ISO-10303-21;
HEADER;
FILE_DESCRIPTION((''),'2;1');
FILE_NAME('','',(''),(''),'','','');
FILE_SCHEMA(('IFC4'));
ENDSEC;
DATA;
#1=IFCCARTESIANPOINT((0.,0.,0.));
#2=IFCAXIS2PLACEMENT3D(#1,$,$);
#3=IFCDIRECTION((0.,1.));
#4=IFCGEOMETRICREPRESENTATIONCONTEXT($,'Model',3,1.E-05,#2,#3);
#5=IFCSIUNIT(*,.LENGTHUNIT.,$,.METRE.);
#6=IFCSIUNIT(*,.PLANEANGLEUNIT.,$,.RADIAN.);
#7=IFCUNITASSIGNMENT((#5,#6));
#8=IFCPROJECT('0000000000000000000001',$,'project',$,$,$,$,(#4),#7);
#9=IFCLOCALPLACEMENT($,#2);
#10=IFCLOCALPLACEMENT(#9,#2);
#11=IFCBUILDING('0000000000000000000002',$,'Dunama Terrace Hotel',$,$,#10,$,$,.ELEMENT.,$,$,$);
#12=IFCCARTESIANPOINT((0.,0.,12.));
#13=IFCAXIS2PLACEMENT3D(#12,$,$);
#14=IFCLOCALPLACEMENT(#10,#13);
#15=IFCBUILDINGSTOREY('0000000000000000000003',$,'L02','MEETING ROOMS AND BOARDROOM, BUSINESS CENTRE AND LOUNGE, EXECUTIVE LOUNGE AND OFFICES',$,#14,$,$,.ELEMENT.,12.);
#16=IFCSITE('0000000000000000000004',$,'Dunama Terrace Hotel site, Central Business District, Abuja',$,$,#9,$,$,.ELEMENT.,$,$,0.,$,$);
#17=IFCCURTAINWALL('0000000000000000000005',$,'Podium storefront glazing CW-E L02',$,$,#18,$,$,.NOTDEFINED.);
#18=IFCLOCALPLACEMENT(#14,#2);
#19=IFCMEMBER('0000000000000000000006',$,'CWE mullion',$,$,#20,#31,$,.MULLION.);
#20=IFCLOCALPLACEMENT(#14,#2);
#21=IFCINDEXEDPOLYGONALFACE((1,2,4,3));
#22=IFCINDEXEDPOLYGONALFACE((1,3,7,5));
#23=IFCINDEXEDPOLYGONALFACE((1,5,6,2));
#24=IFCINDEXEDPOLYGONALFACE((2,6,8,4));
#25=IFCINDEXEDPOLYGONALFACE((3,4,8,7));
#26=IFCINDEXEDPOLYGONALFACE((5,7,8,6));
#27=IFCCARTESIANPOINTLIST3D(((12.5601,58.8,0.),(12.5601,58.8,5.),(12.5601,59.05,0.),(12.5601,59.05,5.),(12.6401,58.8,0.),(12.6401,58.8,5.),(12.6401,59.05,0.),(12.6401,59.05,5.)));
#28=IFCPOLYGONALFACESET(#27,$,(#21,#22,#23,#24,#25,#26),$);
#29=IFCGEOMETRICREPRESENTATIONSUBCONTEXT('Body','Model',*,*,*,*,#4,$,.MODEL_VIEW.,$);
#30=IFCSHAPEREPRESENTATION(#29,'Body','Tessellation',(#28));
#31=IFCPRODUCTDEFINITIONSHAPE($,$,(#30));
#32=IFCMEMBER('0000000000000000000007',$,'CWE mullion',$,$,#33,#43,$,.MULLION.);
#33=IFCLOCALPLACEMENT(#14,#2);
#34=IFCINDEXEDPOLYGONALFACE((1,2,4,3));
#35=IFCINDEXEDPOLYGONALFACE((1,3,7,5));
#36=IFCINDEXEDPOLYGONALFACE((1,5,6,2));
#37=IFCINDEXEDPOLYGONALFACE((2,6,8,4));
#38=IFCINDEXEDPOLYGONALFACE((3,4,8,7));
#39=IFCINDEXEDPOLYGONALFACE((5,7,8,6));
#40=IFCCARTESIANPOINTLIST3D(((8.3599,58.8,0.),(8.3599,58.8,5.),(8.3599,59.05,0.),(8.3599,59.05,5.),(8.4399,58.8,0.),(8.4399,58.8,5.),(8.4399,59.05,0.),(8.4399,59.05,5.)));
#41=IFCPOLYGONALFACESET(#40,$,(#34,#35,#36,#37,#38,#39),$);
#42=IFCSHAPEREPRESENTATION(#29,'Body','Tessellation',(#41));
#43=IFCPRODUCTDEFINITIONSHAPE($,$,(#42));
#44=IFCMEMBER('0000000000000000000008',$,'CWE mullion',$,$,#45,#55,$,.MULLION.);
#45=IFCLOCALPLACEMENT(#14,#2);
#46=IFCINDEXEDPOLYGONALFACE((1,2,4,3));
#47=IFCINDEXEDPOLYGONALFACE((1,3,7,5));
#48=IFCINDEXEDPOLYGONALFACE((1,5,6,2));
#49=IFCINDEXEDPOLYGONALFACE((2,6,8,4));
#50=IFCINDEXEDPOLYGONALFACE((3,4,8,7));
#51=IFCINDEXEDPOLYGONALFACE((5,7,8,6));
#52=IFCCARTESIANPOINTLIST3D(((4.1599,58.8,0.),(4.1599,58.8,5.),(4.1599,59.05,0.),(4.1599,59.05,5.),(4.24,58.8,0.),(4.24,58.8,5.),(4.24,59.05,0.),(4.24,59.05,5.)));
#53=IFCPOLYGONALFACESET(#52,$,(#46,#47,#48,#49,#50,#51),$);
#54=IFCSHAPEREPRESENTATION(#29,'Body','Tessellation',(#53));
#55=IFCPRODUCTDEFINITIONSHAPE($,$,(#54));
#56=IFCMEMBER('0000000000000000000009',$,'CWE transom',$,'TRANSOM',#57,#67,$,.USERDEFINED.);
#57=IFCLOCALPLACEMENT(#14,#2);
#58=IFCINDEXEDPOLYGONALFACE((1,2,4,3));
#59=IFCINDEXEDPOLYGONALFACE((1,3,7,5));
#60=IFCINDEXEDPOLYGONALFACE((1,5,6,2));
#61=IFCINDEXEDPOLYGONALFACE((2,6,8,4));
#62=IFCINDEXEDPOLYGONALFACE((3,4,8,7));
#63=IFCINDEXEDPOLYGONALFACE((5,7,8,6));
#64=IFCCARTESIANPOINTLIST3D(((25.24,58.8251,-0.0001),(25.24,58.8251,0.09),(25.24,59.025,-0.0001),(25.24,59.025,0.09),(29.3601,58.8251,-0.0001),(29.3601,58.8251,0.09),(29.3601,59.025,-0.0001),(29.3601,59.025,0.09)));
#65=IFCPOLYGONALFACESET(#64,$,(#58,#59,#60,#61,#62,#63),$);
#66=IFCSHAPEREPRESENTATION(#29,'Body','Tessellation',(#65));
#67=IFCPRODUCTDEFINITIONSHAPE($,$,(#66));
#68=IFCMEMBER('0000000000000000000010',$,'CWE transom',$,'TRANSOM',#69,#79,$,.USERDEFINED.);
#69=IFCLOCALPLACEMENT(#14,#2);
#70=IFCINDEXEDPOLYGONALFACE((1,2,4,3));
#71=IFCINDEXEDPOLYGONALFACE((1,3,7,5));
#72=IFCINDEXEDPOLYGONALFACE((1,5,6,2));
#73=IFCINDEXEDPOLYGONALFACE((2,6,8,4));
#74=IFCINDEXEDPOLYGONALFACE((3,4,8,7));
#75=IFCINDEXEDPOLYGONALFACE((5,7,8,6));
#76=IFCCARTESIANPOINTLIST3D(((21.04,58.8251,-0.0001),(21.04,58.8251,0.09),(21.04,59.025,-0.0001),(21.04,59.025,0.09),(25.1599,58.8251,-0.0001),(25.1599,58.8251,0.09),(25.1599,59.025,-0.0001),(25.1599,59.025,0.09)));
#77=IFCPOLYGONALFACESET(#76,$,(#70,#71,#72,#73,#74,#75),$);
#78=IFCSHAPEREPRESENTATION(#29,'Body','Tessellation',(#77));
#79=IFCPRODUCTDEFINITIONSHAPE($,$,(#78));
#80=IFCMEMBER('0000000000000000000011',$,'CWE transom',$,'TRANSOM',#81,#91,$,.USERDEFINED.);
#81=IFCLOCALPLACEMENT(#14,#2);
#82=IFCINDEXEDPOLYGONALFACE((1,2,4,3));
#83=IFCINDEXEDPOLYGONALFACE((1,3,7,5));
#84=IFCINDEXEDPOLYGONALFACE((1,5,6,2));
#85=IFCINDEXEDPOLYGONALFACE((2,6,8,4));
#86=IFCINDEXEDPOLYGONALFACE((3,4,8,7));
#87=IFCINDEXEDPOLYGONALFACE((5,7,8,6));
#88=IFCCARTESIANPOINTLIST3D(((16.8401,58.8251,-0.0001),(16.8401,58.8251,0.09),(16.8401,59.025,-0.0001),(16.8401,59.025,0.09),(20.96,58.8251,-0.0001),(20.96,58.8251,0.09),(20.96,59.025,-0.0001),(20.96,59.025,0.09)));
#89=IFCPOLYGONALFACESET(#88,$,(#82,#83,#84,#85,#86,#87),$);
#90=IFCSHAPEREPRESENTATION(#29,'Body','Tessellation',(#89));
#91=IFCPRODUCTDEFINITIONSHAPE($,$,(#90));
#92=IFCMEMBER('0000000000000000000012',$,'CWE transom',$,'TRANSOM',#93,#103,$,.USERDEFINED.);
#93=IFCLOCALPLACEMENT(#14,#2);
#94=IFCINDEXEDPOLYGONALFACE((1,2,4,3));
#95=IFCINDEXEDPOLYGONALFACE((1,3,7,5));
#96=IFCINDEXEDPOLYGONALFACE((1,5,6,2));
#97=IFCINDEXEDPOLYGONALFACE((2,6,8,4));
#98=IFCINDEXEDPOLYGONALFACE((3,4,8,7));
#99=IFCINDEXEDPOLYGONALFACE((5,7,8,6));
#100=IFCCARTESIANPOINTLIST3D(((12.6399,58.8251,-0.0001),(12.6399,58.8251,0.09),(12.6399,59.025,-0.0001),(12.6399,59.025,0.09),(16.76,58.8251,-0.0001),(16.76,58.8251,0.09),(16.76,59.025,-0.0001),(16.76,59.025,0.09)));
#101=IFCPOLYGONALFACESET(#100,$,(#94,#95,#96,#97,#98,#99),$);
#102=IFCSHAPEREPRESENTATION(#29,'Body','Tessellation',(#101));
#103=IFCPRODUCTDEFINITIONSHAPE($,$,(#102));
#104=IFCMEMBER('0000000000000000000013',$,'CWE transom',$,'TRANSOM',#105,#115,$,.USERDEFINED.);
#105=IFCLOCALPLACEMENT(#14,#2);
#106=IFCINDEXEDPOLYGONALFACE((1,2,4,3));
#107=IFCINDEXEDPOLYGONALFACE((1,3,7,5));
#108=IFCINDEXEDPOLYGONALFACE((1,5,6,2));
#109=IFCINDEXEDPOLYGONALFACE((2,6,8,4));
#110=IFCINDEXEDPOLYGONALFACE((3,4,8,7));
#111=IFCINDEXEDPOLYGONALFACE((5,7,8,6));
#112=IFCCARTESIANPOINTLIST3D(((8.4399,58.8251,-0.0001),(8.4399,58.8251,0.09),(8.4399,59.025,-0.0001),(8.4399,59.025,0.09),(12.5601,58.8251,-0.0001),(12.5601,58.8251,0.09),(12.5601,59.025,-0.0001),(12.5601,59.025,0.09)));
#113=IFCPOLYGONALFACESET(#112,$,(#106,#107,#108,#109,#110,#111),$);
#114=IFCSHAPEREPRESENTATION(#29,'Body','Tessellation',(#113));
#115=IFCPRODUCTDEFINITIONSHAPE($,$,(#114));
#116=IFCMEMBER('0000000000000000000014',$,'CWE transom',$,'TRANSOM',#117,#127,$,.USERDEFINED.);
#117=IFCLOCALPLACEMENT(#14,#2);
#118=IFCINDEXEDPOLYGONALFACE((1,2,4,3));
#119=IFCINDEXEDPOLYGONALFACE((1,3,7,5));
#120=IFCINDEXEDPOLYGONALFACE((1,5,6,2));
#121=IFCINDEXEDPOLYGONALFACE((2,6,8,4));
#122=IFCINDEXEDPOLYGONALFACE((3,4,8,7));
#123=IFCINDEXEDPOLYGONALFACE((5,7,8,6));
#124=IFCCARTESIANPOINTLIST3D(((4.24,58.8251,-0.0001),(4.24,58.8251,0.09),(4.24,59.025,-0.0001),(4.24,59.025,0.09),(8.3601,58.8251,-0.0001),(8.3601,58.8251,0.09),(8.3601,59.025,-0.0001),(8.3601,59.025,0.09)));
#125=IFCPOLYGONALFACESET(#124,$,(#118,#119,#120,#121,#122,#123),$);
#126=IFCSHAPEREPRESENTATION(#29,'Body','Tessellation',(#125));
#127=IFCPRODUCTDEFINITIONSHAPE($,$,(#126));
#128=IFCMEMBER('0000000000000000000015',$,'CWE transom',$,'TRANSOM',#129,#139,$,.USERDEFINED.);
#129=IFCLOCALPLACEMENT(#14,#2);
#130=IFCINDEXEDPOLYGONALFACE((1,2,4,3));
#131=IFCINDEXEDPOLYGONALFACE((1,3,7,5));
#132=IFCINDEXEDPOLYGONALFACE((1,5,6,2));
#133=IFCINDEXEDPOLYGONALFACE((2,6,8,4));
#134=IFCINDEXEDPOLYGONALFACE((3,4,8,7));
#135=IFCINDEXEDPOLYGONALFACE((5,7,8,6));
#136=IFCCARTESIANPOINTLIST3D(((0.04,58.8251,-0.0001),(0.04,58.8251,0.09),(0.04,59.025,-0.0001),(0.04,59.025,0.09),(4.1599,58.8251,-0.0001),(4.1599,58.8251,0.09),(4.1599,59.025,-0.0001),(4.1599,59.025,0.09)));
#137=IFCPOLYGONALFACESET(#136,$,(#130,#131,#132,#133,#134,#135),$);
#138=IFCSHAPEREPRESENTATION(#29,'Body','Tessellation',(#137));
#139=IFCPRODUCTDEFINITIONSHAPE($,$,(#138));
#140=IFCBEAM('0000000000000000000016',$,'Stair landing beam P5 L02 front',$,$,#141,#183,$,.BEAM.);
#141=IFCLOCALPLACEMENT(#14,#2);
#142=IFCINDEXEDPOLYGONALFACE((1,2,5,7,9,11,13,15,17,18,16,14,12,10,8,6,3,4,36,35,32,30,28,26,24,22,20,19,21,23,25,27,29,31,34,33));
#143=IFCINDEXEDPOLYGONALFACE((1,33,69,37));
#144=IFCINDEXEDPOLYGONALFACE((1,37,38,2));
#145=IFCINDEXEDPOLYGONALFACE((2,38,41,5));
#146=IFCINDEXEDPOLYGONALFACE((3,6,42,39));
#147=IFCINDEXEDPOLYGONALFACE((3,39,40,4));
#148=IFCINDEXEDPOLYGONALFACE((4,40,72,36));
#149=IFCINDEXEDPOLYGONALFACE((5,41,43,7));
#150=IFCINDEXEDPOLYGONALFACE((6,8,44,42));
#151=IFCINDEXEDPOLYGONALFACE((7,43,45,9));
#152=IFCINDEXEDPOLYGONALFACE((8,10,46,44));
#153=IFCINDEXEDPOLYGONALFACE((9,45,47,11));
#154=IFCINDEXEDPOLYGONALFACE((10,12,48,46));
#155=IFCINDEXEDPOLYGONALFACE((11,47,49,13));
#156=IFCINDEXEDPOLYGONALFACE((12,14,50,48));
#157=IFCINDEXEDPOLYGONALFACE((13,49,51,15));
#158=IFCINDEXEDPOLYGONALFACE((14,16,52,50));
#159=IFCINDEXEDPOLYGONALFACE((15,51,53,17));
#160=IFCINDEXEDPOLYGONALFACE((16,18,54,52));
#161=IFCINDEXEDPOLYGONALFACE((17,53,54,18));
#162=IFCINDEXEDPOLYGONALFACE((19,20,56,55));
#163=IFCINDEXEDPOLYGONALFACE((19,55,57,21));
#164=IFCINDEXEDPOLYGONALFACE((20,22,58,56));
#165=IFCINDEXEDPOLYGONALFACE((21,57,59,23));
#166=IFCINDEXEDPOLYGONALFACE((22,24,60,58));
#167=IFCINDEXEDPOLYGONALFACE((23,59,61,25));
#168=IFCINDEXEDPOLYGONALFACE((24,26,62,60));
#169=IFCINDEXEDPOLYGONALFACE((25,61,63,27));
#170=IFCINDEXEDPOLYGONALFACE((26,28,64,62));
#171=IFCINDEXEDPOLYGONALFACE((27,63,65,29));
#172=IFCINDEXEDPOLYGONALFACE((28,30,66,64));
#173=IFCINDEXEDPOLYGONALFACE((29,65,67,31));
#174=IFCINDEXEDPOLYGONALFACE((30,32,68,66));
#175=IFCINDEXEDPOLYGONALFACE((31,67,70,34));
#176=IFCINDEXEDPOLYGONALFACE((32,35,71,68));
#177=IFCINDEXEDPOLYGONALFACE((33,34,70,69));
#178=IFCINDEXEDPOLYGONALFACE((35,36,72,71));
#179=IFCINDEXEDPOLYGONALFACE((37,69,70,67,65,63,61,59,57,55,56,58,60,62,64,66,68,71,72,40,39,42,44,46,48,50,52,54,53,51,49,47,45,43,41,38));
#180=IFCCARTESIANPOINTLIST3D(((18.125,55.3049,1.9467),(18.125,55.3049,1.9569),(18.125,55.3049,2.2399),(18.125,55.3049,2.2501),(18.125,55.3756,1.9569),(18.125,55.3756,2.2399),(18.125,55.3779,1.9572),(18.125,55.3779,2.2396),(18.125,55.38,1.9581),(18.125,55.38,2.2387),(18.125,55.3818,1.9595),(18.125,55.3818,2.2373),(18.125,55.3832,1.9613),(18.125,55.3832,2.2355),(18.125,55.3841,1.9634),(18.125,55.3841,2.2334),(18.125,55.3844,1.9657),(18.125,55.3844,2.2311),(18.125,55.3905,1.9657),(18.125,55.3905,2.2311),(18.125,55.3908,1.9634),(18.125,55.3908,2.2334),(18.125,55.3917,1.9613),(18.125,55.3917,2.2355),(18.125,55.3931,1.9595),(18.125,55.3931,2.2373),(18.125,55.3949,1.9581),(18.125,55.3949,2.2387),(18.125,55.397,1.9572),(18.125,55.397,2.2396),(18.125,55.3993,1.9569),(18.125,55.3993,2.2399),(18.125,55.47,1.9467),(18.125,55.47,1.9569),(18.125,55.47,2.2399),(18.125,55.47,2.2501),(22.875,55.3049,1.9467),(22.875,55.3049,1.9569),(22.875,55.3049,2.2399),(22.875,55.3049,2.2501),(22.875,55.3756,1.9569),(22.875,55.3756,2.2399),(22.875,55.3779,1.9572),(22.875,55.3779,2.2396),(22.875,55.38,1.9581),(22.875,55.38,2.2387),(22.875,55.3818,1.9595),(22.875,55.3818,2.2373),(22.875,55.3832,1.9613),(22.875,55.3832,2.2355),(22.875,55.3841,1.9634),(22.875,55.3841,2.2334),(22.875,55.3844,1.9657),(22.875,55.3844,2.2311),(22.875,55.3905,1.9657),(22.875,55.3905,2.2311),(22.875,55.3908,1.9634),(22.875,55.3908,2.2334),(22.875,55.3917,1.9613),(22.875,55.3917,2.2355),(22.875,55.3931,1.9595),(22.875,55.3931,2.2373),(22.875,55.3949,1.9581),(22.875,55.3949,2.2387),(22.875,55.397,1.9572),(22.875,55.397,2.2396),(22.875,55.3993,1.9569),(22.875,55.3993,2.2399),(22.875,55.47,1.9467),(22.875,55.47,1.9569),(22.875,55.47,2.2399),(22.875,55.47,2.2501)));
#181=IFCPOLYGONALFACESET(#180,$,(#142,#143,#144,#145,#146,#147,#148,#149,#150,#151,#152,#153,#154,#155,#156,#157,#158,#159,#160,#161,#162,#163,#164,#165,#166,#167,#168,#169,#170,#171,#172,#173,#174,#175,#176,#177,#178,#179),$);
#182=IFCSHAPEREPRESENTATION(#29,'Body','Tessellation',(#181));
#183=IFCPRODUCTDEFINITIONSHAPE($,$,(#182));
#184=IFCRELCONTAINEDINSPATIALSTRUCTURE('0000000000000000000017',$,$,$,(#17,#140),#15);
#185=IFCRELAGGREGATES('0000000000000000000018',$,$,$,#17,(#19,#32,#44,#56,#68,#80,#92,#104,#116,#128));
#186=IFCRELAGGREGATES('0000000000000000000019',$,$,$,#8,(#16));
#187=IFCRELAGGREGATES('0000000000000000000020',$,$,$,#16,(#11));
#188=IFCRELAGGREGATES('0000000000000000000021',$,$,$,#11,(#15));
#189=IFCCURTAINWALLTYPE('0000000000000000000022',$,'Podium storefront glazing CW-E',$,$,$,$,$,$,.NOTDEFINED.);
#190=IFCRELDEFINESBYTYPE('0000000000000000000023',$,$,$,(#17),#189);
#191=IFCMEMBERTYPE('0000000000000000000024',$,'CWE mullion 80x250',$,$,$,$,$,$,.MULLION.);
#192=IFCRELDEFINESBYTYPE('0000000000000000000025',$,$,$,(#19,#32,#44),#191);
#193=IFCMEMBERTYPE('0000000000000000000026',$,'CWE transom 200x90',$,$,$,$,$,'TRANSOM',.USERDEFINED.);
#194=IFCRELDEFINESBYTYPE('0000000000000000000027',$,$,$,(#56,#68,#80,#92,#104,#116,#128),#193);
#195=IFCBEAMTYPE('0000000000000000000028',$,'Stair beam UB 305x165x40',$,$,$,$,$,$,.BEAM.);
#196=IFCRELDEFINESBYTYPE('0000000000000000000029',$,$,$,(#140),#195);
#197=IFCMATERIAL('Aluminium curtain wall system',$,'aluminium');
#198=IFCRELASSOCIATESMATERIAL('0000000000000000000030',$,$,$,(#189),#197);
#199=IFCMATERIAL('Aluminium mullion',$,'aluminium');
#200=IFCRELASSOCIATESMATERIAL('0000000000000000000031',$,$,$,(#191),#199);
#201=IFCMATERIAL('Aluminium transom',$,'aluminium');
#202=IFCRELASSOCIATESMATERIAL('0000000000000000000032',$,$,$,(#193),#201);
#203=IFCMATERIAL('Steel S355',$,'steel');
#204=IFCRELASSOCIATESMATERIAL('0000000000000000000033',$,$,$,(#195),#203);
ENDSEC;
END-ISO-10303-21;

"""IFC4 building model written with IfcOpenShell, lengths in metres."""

from ifc_helpers import new_model, si_unit, direction, frame, origin, origin_2d, place, context, subcontext, project, spatial, rectangle, i_section, extrude, material, material_profile, profile_set, type_object, element, aggregate, save


model = new_model("IFC4")

# Units and contexts
model_context = context("Model", 3, precision=1e-05, world=origin(), true_north=direction((0.0, 1.0)))
body_context = subcontext(model_context, "Body", "Model", "MODEL_VIEW")
ifc_project = project(units=[si_unit("LENGTHUNIT", "METRE"), si_unit("PLANEANGLEUNIT", "RADIAN")], contexts=[model_context])

# Site, building, storey
site_placement = place(None, origin())
site = spatial("IfcSite", under=ifc_project, at=site_placement, Name="Dunama Terrace Hotel site, Central Business District, Abuja", CompositionType="ELEMENT", RefElevation=0.0)
building_placement = place(site_placement, origin())
building = spatial("IfcBuilding", under=site, at=building_placement, Name="Dunama Terrace Hotel", CompositionType="ELEMENT")
storey_placement = place(building_placement, frame((0.0, 0.0, 12.0)))
storey = spatial("IfcBuildingStorey", under=building, at=storey_placement, Name="L02", Description="MEETING ROOMS AND BOARDROOM, BUSINESS CENTRE AND LOUNGE, EXECUTIVE LOUNGE AND OFFICES", CompositionType="ELEMENT", Elevation=12.0)

# Curtain wall, members
ifc_material_1 = material(Name="Aluminium curtain wall system", Category="aluminium")
curtain_wall_type = type_object("IfcCurtainWallType", Name="Podium storefront glazing CW-E", PredefinedType="NOTDEFINED", material=ifc_material_1)
curtain_wall_placement = place(storey_placement, origin())
curtain_wall = element("IfcCurtainWall", 1, at=curtain_wall_placement, inside=storey, type_object=curtain_wall_type, Name="Podium storefront glazing CW-E L02", PredefinedType="NOTDEFINED")
ifc_material_2 = material(Name="Aluminium mullion", Category="aluminium")
ifc_material_profile_1 = material_profile(ifc_material_2, rectangle(XDim=0.0801, YDim=0.25, at=origin_2d()), Name="CWE MULLION 80X250")
ifc_profile_set_1 = profile_set([ifc_material_profile_1], Name="Aluminium mullion")
member_type_1 = type_object("IfcMemberType", Name="CWE mullion 80x250", PredefinedType="MULLION", material=ifc_profile_set_1)
member_1_placement = place(storey_placement, frame((12.6001, 58.925, 0.0), z_axis=(0.0, 0.0, 1.0), x_axis=(-1.0, 0.0, 0.0)))
member_1 = element("IfcMember", 2, at=member_1_placement, type_object=member_type_1, Name="CWE mullion", PredefinedType="MULLION", context=body_context, shape_type="SweptSolid", body=[
    extrude(rectangle(XDim=0.0801, YDim=0.25, at=origin_2d()), origin(), (0.0, 0.0, 1.0), 5.0),
])
member_2_placement = place(storey_placement, frame((8.3999, 58.925, 0.0), z_axis=(0.0, 0.0, 1.0), x_axis=(-1.0, 0.0, 0.0)))
member_2 = element("IfcMember", 3, at=member_2_placement, type_object=member_type_1, Name="CWE mullion", PredefinedType="MULLION", context=body_context, shape_type="SweptSolid", body=[
    extrude(rectangle(XDim=0.0801, YDim=0.25, at=origin_2d()), origin(), (0.0, 0.0, 1.0), 5.0),
])
member_3_placement = place(storey_placement, frame((4.2, 58.925, 0.0), z_axis=(0.0, 0.0, 1.0), x_axis=(-1.0, 0.0, 0.0)))
member_3 = element("IfcMember", 4, at=member_3_placement, type_object=member_type_1, Name="CWE mullion", PredefinedType="MULLION", context=body_context, shape_type="SweptSolid", body=[
    extrude(rectangle(XDim=0.0801, YDim=0.25, at=origin_2d()), origin(), (0.0, 0.0, 1.0), 5.0),
])
ifc_material_3 = material(Name="Aluminium transom", Category="aluminium")
ifc_material_profile_2 = material_profile(ifc_material_3, rectangle(XDim=0.2, YDim=0.0901, at=origin_2d()), Name="CWE TRANSOM 200X90")
ifc_profile_set_2 = profile_set([ifc_material_profile_2], Name="Aluminium transom")
member_type_2 = type_object("IfcMemberType", Name="CWE transom 200x90", ElementType="TRANSOM", PredefinedType="USERDEFINED", material=ifc_profile_set_2)
member_4_placement = place(storey_placement, frame((29.3601, 58.925, 0.0449), z_axis=(-1.0, 0.0, 0.0), x_axis=(0.0, -1.0, 0.0)))
member_4 = element("IfcMember", 5, at=member_4_placement, type_object=member_type_2, Name="CWE transom", ObjectType="TRANSOM", PredefinedType="USERDEFINED", context=body_context, shape_type="SweptSolid", body=[
    extrude(rectangle(XDim=0.2, YDim=0.0901, at=origin_2d()), origin(), (0.0, 0.0, 1.0), 4.1201),
])
member_5_placement = place(storey_placement, frame((25.1599, 58.925, 0.0449), z_axis=(-1.0, 0.0, 0.0), x_axis=(0.0, -1.0, 0.0)))
member_5 = element("IfcMember", 6, at=member_5_placement, type_object=member_type_2, Name="CWE transom", ObjectType="TRANSOM", PredefinedType="USERDEFINED", context=body_context, shape_type="SweptSolid", body=[
    extrude(rectangle(XDim=0.2, YDim=0.0901, at=origin_2d()), origin(), (0.0, 0.0, 1.0), 4.1199),
])
member_6_placement = place(storey_placement, frame((20.96, 58.925, 0.0449), z_axis=(-1.0, 0.0, 0.0), x_axis=(0.0, -1.0, 0.0)))
member_6 = element("IfcMember", 7, at=member_6_placement, type_object=member_type_2, Name="CWE transom", ObjectType="TRANSOM", PredefinedType="USERDEFINED", context=body_context, shape_type="SweptSolid", body=[
    extrude(rectangle(XDim=0.2, YDim=0.0901, at=origin_2d()), origin(), (0.0, 0.0, 1.0), 4.1199),
])
member_7_placement = place(storey_placement, frame((16.76, 58.925, 0.0449), z_axis=(-1.0, 0.0, 0.0), x_axis=(0.0, -1.0, 0.0)))
member_7 = element("IfcMember", 8, at=member_7_placement, type_object=member_type_2, Name="CWE transom", ObjectType="TRANSOM", PredefinedType="USERDEFINED", context=body_context, shape_type="SweptSolid", body=[
    extrude(rectangle(XDim=0.2, YDim=0.0901, at=origin_2d()), origin(), (0.0, 0.0, 1.0), 4.1201),
])
member_8_placement = place(storey_placement, frame((12.5601, 58.925, 0.0449), z_axis=(-1.0, 0.0, 0.0), x_axis=(0.0, -1.0, 0.0)))
member_8 = element("IfcMember", 9, at=member_8_placement, type_object=member_type_2, Name="CWE transom", ObjectType="TRANSOM", PredefinedType="USERDEFINED", context=body_context, shape_type="SweptSolid", body=[
    extrude(rectangle(XDim=0.2, YDim=0.0901, at=origin_2d()), origin(), (0.0, 0.0, 1.0), 4.1201),
])
member_9_placement = place(storey_placement, frame((8.3601, 58.925, 0.0449), z_axis=(-1.0, 0.0, 0.0), x_axis=(0.0, -1.0, 0.0)))
member_9 = element("IfcMember", 10, at=member_9_placement, type_object=member_type_2, Name="CWE transom", ObjectType="TRANSOM", PredefinedType="USERDEFINED", context=body_context, shape_type="SweptSolid", body=[
    extrude(rectangle(XDim=0.2, YDim=0.0901, at=origin_2d()), origin(), (0.0, 0.0, 1.0), 4.1201),
])
member_10_placement = place(storey_placement, frame((4.1599, 58.925, 0.0449), z_axis=(-1.0, 0.0, 0.0), x_axis=(0.0, -1.0, 0.0)))
member_10 = element("IfcMember", 11, at=member_10_placement, type_object=member_type_2, Name="CWE transom", ObjectType="TRANSOM", PredefinedType="USERDEFINED", context=body_context, shape_type="SweptSolid", body=[
    extrude(rectangle(XDim=0.2, YDim=0.0901, at=origin_2d()), origin(), (0.0, 0.0, 1.0), 4.1199),
])

# Beam
ifc_material_4 = material(Name="Steel S355", Category="steel")
ifc_material_profile_3 = material_profile(ifc_material_4, i_section(OverallWidth=0.165, OverallDepth=0.3035, WebThickness=0.0061, FlangeThickness=0.0103, FilletRadius=0.0088, at=origin_2d()), Name="UB 305x165x40")
ifc_profile_set_3 = profile_set([ifc_material_profile_3], Name="Steel S355")
beam_type = type_object("IfcBeamType", Name="Stair beam UB 305x165x40", PredefinedType="BEAM", material=ifc_profile_set_3)
beam_1_placement = place(storey_placement, frame((18.125, 55.3875, 2.0984), z_axis=(1.0, 0.0, 0.0), x_axis=(0.0, 1.0, 0.0)))
element("IfcBeam", 12, at=beam_1_placement, inside=storey, type_object=beam_type, Name="Stair landing beam P5 L02 front", PredefinedType="BEAM", context=body_context, shape_type="SweptSolid", body=[
    extrude(i_section(OverallWidth=0.165, OverallDepth=0.3035, WebThickness=0.0061, FlangeThickness=0.0103, FilletRadius=0.0088, at=origin_2d()), origin(), (0.0, 0.0, 1.0), 4.75),
])

aggregate(curtain_wall, [member_1, member_2, member_3, member_4, member_5, member_6, member_7, member_8, member_9, member_10])

save(model, "model.ifc")
